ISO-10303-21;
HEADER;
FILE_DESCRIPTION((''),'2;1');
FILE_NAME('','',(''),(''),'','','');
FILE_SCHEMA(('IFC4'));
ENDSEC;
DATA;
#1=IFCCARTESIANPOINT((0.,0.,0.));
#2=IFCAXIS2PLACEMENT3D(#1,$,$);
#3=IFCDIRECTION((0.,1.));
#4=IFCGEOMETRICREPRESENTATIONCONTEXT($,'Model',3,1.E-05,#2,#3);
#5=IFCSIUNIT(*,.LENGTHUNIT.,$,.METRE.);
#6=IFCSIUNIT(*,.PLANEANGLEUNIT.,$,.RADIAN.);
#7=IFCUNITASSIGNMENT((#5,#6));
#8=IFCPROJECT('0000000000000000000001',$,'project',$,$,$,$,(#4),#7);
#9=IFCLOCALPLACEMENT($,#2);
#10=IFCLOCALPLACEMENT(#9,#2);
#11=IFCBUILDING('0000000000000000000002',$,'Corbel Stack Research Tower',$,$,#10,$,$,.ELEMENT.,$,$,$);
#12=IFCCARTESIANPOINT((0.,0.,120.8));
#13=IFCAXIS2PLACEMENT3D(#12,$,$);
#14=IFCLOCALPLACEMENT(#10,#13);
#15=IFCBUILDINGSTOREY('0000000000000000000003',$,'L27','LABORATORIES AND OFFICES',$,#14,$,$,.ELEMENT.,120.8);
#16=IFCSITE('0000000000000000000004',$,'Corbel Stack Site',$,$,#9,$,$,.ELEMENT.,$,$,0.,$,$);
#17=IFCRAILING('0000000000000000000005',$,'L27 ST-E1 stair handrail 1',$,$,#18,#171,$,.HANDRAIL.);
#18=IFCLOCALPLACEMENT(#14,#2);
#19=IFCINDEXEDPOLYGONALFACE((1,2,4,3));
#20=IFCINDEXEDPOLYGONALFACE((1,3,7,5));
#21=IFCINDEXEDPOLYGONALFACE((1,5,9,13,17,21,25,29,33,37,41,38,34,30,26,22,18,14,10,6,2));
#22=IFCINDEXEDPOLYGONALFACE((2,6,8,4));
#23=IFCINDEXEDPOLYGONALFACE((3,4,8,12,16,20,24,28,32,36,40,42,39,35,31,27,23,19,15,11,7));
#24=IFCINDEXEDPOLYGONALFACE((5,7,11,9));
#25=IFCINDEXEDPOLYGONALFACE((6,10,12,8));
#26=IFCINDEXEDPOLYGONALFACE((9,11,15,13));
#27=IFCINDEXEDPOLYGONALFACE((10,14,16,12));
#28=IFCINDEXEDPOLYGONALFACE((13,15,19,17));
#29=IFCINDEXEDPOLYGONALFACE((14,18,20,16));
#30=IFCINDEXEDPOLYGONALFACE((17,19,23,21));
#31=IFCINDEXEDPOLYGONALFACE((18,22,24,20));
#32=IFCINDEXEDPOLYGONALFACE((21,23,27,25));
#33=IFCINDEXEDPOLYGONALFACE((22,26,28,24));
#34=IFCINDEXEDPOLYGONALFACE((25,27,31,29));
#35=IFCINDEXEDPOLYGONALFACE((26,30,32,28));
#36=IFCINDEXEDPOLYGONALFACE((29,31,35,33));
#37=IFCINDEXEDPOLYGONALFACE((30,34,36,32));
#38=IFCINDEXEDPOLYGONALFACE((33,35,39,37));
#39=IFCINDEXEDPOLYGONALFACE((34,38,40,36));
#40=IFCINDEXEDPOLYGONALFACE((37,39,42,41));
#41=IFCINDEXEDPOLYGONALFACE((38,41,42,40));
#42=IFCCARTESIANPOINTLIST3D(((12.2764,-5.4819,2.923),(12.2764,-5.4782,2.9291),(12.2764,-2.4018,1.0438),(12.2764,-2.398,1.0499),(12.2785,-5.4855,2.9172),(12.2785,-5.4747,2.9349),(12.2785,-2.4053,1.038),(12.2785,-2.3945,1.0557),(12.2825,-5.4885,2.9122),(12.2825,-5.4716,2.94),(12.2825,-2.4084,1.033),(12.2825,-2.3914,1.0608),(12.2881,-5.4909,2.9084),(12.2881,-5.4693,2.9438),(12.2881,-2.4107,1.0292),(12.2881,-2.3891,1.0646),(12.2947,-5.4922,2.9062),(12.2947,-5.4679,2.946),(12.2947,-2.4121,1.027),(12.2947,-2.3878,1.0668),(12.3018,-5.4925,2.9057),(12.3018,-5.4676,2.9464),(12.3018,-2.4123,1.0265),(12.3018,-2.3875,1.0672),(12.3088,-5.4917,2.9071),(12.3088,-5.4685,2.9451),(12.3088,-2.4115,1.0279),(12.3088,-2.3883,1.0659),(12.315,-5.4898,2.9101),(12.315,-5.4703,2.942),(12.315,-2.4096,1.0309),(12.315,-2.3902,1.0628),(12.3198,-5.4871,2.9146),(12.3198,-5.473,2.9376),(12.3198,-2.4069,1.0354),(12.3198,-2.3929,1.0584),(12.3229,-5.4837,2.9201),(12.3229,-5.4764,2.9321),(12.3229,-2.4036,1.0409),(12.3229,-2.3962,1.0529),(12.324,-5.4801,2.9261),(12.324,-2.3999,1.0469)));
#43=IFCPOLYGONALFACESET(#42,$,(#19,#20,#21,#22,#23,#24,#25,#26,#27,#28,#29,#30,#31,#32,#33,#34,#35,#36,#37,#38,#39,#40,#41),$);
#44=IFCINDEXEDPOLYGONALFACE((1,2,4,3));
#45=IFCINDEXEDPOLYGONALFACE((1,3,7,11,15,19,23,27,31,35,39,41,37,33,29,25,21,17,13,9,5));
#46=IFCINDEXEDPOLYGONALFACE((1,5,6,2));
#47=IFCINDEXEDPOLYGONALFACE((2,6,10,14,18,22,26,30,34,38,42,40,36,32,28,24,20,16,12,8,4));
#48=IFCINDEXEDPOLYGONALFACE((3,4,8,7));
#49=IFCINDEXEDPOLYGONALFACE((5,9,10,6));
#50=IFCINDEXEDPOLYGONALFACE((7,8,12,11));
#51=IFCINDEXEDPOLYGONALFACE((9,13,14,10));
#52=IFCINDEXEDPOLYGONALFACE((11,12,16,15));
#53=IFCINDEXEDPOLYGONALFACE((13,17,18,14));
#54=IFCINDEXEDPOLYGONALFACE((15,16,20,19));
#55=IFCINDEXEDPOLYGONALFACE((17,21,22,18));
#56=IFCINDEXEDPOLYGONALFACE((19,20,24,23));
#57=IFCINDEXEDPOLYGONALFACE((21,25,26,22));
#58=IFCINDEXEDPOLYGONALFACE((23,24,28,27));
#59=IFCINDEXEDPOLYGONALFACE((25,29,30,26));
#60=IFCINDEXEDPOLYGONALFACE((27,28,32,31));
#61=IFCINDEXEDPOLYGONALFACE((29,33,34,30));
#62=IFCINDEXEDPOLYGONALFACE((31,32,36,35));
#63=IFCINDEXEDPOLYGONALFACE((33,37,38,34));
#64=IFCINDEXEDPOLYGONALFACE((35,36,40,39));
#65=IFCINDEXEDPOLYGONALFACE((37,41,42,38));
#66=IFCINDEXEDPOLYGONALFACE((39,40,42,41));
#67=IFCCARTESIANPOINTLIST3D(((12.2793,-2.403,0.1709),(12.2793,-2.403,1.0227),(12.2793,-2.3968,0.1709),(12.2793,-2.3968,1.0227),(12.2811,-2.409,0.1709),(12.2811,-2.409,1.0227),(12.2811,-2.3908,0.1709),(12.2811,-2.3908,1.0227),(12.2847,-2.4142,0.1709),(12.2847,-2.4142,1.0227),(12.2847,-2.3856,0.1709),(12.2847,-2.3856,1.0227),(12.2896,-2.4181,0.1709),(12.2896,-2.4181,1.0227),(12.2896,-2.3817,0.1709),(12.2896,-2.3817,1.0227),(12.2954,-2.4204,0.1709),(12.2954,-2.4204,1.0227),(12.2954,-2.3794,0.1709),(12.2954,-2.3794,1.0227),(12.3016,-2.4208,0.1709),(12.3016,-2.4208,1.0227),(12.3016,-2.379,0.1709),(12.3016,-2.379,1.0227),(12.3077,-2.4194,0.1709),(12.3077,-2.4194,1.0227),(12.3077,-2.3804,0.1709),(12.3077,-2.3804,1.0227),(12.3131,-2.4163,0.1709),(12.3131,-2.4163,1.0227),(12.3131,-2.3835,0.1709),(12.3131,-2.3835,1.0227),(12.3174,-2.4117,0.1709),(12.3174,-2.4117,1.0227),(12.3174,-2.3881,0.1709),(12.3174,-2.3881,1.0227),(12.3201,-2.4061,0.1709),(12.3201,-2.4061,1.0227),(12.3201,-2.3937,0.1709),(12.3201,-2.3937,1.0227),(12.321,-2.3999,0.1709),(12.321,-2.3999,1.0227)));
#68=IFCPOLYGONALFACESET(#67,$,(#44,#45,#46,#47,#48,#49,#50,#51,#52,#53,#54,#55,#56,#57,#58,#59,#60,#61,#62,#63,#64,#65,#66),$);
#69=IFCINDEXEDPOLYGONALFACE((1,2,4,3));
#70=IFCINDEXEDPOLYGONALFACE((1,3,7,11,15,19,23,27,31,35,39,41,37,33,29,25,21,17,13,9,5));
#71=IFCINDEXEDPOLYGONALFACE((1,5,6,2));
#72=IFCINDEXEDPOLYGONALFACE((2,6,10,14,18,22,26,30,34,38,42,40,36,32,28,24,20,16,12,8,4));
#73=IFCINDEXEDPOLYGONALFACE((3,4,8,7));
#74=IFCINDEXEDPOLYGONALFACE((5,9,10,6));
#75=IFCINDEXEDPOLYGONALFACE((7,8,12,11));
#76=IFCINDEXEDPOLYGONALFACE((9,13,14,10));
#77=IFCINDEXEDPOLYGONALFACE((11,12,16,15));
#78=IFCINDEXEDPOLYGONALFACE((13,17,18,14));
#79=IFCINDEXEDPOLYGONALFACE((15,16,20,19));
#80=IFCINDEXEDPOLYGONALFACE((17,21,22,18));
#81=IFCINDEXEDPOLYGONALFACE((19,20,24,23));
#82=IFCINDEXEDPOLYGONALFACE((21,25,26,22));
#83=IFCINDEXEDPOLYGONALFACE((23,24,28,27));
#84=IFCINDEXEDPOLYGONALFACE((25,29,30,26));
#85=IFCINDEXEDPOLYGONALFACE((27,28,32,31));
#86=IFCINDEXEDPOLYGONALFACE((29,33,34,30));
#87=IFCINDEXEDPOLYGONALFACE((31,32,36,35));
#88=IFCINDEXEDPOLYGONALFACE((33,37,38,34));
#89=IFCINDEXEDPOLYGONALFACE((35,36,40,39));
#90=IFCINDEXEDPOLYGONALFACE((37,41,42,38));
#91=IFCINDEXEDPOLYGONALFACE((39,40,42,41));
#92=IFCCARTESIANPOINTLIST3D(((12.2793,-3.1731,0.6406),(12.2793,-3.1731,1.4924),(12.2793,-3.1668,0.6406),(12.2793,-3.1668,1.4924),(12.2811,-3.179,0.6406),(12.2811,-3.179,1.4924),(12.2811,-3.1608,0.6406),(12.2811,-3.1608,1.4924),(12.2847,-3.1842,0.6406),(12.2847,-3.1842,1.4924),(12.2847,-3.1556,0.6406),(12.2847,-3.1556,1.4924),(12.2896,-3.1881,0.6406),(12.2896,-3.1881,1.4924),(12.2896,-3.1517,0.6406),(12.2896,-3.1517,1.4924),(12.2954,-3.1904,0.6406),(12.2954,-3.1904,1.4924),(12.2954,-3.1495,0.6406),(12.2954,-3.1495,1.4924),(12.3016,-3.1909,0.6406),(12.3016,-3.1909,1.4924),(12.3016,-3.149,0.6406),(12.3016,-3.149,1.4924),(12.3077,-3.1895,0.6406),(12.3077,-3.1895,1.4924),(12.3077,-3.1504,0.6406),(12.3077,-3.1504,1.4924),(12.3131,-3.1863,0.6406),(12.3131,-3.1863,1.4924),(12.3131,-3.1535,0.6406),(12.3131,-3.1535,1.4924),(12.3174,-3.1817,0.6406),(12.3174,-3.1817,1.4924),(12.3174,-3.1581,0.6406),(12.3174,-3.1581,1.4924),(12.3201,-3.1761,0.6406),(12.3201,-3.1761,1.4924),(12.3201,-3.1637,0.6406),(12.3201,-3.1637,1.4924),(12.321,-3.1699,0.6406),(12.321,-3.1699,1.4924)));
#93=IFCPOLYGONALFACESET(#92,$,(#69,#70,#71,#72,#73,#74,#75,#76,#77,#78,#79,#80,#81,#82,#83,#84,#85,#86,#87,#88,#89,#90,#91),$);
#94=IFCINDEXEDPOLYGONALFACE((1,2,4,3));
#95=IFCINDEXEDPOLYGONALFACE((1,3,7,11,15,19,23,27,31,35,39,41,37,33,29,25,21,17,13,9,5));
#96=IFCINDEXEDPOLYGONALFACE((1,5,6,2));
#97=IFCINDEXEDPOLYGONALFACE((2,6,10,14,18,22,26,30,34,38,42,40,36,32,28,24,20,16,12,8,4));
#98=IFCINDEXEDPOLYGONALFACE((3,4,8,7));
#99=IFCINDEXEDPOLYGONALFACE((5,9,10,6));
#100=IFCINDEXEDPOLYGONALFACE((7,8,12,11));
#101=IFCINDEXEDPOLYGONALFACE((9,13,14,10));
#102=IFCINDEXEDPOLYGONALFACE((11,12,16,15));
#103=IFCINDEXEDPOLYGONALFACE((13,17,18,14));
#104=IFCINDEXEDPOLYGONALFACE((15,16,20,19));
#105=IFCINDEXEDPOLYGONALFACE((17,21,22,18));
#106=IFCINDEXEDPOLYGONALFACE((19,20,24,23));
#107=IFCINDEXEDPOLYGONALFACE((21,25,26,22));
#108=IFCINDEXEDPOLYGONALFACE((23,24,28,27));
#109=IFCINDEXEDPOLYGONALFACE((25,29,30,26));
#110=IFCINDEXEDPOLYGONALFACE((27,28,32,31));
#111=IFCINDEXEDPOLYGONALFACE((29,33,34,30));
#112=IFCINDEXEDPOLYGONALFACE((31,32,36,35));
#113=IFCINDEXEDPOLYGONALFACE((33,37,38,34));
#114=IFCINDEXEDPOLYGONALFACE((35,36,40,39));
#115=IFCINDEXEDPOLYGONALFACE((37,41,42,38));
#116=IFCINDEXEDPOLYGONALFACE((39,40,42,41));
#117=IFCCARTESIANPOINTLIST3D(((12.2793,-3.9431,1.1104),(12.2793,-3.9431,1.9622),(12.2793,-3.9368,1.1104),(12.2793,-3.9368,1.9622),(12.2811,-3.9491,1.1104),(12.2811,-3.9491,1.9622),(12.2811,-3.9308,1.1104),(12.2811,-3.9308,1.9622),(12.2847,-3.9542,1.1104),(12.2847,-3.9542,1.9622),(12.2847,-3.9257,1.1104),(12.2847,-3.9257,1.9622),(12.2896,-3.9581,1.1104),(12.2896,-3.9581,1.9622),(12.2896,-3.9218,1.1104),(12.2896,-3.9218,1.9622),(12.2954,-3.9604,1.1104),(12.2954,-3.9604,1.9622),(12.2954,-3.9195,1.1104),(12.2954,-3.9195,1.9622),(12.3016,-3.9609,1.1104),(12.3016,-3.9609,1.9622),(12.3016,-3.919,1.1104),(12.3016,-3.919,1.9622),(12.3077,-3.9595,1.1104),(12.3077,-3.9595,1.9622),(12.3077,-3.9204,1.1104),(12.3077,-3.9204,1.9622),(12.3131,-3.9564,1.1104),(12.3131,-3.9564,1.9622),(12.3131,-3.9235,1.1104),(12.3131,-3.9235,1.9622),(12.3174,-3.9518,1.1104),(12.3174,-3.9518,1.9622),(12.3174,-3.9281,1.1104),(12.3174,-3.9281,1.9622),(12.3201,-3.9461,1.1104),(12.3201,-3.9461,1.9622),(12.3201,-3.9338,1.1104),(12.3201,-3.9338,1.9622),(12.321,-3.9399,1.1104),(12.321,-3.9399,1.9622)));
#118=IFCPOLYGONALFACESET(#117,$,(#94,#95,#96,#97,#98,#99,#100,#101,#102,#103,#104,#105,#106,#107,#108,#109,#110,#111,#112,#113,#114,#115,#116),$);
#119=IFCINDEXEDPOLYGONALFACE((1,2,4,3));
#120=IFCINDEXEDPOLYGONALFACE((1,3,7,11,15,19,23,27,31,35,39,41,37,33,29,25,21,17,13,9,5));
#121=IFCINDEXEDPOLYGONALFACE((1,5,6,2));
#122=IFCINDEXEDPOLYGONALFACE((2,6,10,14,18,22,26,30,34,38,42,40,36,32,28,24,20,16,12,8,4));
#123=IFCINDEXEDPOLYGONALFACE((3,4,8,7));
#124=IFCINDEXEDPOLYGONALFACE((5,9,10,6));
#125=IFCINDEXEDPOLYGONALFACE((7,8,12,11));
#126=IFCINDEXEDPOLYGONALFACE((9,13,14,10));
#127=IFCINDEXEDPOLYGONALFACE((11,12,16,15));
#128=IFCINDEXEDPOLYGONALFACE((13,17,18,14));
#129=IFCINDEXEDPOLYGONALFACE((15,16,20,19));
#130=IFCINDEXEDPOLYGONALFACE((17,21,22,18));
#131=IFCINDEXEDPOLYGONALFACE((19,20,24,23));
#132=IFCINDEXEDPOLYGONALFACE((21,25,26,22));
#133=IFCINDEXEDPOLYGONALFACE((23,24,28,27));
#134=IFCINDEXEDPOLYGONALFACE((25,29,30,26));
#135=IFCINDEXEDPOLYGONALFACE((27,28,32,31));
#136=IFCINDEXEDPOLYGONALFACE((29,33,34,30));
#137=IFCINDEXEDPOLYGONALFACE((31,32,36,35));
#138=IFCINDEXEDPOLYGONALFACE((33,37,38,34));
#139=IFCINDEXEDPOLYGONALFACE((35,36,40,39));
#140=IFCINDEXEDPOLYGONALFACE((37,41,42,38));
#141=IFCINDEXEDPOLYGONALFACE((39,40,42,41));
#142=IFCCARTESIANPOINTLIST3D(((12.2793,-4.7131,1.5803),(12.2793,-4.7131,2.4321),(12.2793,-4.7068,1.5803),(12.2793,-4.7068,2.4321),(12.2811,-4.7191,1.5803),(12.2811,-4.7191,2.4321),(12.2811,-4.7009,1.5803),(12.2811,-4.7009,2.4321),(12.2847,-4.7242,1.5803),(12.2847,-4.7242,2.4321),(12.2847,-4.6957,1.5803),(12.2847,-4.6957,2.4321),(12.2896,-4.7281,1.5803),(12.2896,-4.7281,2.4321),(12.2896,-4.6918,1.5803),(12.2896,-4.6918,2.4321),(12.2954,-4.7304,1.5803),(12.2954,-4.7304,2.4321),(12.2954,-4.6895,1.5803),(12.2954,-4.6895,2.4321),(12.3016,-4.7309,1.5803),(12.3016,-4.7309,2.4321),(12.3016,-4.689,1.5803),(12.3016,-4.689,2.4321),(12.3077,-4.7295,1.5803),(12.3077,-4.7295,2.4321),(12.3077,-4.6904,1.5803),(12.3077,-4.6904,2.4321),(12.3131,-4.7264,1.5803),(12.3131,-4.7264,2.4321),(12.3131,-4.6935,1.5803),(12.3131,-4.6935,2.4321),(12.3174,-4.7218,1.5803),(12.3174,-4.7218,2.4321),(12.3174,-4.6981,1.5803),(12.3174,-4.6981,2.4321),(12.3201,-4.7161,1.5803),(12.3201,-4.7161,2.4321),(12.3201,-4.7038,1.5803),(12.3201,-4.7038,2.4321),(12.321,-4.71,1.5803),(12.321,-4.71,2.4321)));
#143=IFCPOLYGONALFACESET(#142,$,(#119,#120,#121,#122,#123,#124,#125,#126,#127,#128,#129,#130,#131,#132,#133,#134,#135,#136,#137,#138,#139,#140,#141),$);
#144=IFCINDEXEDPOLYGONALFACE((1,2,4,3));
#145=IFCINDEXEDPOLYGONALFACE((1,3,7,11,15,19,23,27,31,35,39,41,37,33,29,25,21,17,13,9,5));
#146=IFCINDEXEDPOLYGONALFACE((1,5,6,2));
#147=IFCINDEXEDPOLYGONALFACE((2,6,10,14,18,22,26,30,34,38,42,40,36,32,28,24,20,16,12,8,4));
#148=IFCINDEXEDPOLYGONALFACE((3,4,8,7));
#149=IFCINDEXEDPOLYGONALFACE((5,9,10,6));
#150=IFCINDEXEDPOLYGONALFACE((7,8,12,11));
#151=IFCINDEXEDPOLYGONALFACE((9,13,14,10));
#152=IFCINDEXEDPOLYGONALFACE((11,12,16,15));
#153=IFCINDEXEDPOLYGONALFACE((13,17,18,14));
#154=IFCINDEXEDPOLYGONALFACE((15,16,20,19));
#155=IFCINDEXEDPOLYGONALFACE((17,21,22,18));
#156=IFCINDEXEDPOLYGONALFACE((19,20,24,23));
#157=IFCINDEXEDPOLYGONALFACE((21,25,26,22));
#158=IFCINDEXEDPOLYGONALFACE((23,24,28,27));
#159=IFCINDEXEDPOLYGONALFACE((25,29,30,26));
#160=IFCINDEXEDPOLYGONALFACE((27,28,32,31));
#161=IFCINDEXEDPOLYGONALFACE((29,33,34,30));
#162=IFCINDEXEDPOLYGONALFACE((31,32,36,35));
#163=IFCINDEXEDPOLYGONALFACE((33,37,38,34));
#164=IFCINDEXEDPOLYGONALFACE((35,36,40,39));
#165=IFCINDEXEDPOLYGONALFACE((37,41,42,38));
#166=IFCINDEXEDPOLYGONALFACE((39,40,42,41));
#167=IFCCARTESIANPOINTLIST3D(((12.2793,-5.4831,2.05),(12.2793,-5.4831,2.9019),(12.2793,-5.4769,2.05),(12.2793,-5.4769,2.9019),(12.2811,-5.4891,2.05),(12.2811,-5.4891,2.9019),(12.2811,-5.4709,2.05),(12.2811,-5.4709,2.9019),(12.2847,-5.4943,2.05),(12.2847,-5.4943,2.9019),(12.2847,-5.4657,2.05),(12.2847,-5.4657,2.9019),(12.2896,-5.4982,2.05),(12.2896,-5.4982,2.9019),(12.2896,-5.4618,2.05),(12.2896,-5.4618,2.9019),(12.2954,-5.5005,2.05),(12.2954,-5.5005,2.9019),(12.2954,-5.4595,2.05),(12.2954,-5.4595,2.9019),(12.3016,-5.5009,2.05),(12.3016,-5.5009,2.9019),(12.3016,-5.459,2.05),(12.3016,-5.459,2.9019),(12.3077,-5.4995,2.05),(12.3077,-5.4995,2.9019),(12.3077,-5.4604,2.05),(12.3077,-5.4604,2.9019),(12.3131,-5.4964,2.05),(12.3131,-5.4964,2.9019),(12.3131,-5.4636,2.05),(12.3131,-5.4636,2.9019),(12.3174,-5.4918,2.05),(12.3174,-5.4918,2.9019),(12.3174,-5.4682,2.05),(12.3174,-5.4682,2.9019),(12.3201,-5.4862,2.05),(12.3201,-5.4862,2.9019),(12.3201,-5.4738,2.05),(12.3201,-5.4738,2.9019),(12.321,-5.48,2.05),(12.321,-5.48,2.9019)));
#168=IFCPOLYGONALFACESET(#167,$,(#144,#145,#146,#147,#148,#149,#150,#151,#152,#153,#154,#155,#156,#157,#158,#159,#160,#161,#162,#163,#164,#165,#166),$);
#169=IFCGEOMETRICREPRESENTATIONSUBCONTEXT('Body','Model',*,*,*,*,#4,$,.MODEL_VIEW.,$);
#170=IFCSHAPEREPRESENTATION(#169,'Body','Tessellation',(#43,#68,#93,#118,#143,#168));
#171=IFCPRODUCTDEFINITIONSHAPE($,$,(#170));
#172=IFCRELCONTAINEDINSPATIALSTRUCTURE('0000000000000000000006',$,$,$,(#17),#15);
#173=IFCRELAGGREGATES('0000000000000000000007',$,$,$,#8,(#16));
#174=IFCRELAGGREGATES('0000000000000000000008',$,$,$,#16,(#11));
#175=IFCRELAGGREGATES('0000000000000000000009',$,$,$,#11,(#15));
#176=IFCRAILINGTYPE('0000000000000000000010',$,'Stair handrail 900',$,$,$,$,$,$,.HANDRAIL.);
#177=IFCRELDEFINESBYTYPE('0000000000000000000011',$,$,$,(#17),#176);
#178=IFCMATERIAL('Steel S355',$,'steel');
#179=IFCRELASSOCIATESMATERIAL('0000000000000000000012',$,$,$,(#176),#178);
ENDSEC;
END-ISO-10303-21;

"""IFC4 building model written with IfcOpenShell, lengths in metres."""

from ifc_helpers import new_model, si_unit, direction, frame, origin, origin_2d, place, context, subcontext, project, spatial, circle, extrude, material, type_object, element, save


model = new_model("IFC4")

# Units and contexts
model_context = context("Model", 3, precision=1e-05, world=origin(), true_north=direction((0.0, 1.0)))
body_context = subcontext(model_context, "Body", "Model", "MODEL_VIEW")
ifc_project = project(units=[si_unit("LENGTHUNIT", "METRE"), si_unit("PLANEANGLEUNIT", "RADIAN")], contexts=[model_context])

# Site, building, storey
site_placement = place(None, origin())
site = spatial("IfcSite", under=ifc_project, at=site_placement, Name="Corbel Stack Site", CompositionType="ELEMENT", RefElevation=0.0)
building_placement = place(site_placement, origin())
building = spatial("IfcBuilding", under=site, at=building_placement, Name="Corbel Stack Research Tower", CompositionType="ELEMENT")
storey_placement = place(building_placement, frame((0.0, 0.0, 120.8)))
storey = spatial("IfcBuildingStorey", under=building, at=storey_placement, Name="L27", Description="LABORATORIES AND OFFICES", CompositionType="ELEMENT", Elevation=120.8)

# Railing
ifc_material_1 = material(Name="Steel S355", Category="steel")
railing_type_1 = type_object("IfcRailingType", Name="Stair handrail 900", PredefinedType="HANDRAIL", material=ifc_material_1)
railing_1_placement = place(storey_placement, frame((12.3, -2.3999, 0.1709)))
element("IfcRailing", 1, at=railing_1_placement, inside=storey, type_object=railing_type_1, Name="L27 ST-E1 stair handrail 1", PredefinedType="HANDRAIL", context=body_context, shape_type="SweptSolid", body=[
    extrude(circle(Radius=0.0239, at=origin_2d()), frame((0.0, 0.0, 0.876), z_axis=(0.0, -0.853666, 0.52082), x_axis=(1.0, 0.0, 0.0)), (0.0, 0.0, 1.0), 3.6082),
    extrude(circle(Radius=0.021, at=origin_2d()), origin(), (0.0, 0.0, 1.0), 0.8518),
    extrude(circle(Radius=0.021, at=origin_2d()), frame((0.0, -0.77, 0.4697)), (0.0, 0.0, 1.0), 0.8518),
    extrude(circle(Radius=0.021, at=origin_2d()), frame((0.0, -1.54, 0.9395)), (0.0, 0.0, 1.0), 0.8518),
    extrude(circle(Radius=0.021, at=origin_2d()), frame((0.0, -2.3101, 1.4094)), (0.0, 0.0, 1.0), 0.8518),
    extrude(circle(Radius=0.021, at=origin_2d()), frame((0.0, -3.0801, 1.8792)), (0.0, 0.0, 1.0), 0.8518),
])

save(model, "model.ifc")
